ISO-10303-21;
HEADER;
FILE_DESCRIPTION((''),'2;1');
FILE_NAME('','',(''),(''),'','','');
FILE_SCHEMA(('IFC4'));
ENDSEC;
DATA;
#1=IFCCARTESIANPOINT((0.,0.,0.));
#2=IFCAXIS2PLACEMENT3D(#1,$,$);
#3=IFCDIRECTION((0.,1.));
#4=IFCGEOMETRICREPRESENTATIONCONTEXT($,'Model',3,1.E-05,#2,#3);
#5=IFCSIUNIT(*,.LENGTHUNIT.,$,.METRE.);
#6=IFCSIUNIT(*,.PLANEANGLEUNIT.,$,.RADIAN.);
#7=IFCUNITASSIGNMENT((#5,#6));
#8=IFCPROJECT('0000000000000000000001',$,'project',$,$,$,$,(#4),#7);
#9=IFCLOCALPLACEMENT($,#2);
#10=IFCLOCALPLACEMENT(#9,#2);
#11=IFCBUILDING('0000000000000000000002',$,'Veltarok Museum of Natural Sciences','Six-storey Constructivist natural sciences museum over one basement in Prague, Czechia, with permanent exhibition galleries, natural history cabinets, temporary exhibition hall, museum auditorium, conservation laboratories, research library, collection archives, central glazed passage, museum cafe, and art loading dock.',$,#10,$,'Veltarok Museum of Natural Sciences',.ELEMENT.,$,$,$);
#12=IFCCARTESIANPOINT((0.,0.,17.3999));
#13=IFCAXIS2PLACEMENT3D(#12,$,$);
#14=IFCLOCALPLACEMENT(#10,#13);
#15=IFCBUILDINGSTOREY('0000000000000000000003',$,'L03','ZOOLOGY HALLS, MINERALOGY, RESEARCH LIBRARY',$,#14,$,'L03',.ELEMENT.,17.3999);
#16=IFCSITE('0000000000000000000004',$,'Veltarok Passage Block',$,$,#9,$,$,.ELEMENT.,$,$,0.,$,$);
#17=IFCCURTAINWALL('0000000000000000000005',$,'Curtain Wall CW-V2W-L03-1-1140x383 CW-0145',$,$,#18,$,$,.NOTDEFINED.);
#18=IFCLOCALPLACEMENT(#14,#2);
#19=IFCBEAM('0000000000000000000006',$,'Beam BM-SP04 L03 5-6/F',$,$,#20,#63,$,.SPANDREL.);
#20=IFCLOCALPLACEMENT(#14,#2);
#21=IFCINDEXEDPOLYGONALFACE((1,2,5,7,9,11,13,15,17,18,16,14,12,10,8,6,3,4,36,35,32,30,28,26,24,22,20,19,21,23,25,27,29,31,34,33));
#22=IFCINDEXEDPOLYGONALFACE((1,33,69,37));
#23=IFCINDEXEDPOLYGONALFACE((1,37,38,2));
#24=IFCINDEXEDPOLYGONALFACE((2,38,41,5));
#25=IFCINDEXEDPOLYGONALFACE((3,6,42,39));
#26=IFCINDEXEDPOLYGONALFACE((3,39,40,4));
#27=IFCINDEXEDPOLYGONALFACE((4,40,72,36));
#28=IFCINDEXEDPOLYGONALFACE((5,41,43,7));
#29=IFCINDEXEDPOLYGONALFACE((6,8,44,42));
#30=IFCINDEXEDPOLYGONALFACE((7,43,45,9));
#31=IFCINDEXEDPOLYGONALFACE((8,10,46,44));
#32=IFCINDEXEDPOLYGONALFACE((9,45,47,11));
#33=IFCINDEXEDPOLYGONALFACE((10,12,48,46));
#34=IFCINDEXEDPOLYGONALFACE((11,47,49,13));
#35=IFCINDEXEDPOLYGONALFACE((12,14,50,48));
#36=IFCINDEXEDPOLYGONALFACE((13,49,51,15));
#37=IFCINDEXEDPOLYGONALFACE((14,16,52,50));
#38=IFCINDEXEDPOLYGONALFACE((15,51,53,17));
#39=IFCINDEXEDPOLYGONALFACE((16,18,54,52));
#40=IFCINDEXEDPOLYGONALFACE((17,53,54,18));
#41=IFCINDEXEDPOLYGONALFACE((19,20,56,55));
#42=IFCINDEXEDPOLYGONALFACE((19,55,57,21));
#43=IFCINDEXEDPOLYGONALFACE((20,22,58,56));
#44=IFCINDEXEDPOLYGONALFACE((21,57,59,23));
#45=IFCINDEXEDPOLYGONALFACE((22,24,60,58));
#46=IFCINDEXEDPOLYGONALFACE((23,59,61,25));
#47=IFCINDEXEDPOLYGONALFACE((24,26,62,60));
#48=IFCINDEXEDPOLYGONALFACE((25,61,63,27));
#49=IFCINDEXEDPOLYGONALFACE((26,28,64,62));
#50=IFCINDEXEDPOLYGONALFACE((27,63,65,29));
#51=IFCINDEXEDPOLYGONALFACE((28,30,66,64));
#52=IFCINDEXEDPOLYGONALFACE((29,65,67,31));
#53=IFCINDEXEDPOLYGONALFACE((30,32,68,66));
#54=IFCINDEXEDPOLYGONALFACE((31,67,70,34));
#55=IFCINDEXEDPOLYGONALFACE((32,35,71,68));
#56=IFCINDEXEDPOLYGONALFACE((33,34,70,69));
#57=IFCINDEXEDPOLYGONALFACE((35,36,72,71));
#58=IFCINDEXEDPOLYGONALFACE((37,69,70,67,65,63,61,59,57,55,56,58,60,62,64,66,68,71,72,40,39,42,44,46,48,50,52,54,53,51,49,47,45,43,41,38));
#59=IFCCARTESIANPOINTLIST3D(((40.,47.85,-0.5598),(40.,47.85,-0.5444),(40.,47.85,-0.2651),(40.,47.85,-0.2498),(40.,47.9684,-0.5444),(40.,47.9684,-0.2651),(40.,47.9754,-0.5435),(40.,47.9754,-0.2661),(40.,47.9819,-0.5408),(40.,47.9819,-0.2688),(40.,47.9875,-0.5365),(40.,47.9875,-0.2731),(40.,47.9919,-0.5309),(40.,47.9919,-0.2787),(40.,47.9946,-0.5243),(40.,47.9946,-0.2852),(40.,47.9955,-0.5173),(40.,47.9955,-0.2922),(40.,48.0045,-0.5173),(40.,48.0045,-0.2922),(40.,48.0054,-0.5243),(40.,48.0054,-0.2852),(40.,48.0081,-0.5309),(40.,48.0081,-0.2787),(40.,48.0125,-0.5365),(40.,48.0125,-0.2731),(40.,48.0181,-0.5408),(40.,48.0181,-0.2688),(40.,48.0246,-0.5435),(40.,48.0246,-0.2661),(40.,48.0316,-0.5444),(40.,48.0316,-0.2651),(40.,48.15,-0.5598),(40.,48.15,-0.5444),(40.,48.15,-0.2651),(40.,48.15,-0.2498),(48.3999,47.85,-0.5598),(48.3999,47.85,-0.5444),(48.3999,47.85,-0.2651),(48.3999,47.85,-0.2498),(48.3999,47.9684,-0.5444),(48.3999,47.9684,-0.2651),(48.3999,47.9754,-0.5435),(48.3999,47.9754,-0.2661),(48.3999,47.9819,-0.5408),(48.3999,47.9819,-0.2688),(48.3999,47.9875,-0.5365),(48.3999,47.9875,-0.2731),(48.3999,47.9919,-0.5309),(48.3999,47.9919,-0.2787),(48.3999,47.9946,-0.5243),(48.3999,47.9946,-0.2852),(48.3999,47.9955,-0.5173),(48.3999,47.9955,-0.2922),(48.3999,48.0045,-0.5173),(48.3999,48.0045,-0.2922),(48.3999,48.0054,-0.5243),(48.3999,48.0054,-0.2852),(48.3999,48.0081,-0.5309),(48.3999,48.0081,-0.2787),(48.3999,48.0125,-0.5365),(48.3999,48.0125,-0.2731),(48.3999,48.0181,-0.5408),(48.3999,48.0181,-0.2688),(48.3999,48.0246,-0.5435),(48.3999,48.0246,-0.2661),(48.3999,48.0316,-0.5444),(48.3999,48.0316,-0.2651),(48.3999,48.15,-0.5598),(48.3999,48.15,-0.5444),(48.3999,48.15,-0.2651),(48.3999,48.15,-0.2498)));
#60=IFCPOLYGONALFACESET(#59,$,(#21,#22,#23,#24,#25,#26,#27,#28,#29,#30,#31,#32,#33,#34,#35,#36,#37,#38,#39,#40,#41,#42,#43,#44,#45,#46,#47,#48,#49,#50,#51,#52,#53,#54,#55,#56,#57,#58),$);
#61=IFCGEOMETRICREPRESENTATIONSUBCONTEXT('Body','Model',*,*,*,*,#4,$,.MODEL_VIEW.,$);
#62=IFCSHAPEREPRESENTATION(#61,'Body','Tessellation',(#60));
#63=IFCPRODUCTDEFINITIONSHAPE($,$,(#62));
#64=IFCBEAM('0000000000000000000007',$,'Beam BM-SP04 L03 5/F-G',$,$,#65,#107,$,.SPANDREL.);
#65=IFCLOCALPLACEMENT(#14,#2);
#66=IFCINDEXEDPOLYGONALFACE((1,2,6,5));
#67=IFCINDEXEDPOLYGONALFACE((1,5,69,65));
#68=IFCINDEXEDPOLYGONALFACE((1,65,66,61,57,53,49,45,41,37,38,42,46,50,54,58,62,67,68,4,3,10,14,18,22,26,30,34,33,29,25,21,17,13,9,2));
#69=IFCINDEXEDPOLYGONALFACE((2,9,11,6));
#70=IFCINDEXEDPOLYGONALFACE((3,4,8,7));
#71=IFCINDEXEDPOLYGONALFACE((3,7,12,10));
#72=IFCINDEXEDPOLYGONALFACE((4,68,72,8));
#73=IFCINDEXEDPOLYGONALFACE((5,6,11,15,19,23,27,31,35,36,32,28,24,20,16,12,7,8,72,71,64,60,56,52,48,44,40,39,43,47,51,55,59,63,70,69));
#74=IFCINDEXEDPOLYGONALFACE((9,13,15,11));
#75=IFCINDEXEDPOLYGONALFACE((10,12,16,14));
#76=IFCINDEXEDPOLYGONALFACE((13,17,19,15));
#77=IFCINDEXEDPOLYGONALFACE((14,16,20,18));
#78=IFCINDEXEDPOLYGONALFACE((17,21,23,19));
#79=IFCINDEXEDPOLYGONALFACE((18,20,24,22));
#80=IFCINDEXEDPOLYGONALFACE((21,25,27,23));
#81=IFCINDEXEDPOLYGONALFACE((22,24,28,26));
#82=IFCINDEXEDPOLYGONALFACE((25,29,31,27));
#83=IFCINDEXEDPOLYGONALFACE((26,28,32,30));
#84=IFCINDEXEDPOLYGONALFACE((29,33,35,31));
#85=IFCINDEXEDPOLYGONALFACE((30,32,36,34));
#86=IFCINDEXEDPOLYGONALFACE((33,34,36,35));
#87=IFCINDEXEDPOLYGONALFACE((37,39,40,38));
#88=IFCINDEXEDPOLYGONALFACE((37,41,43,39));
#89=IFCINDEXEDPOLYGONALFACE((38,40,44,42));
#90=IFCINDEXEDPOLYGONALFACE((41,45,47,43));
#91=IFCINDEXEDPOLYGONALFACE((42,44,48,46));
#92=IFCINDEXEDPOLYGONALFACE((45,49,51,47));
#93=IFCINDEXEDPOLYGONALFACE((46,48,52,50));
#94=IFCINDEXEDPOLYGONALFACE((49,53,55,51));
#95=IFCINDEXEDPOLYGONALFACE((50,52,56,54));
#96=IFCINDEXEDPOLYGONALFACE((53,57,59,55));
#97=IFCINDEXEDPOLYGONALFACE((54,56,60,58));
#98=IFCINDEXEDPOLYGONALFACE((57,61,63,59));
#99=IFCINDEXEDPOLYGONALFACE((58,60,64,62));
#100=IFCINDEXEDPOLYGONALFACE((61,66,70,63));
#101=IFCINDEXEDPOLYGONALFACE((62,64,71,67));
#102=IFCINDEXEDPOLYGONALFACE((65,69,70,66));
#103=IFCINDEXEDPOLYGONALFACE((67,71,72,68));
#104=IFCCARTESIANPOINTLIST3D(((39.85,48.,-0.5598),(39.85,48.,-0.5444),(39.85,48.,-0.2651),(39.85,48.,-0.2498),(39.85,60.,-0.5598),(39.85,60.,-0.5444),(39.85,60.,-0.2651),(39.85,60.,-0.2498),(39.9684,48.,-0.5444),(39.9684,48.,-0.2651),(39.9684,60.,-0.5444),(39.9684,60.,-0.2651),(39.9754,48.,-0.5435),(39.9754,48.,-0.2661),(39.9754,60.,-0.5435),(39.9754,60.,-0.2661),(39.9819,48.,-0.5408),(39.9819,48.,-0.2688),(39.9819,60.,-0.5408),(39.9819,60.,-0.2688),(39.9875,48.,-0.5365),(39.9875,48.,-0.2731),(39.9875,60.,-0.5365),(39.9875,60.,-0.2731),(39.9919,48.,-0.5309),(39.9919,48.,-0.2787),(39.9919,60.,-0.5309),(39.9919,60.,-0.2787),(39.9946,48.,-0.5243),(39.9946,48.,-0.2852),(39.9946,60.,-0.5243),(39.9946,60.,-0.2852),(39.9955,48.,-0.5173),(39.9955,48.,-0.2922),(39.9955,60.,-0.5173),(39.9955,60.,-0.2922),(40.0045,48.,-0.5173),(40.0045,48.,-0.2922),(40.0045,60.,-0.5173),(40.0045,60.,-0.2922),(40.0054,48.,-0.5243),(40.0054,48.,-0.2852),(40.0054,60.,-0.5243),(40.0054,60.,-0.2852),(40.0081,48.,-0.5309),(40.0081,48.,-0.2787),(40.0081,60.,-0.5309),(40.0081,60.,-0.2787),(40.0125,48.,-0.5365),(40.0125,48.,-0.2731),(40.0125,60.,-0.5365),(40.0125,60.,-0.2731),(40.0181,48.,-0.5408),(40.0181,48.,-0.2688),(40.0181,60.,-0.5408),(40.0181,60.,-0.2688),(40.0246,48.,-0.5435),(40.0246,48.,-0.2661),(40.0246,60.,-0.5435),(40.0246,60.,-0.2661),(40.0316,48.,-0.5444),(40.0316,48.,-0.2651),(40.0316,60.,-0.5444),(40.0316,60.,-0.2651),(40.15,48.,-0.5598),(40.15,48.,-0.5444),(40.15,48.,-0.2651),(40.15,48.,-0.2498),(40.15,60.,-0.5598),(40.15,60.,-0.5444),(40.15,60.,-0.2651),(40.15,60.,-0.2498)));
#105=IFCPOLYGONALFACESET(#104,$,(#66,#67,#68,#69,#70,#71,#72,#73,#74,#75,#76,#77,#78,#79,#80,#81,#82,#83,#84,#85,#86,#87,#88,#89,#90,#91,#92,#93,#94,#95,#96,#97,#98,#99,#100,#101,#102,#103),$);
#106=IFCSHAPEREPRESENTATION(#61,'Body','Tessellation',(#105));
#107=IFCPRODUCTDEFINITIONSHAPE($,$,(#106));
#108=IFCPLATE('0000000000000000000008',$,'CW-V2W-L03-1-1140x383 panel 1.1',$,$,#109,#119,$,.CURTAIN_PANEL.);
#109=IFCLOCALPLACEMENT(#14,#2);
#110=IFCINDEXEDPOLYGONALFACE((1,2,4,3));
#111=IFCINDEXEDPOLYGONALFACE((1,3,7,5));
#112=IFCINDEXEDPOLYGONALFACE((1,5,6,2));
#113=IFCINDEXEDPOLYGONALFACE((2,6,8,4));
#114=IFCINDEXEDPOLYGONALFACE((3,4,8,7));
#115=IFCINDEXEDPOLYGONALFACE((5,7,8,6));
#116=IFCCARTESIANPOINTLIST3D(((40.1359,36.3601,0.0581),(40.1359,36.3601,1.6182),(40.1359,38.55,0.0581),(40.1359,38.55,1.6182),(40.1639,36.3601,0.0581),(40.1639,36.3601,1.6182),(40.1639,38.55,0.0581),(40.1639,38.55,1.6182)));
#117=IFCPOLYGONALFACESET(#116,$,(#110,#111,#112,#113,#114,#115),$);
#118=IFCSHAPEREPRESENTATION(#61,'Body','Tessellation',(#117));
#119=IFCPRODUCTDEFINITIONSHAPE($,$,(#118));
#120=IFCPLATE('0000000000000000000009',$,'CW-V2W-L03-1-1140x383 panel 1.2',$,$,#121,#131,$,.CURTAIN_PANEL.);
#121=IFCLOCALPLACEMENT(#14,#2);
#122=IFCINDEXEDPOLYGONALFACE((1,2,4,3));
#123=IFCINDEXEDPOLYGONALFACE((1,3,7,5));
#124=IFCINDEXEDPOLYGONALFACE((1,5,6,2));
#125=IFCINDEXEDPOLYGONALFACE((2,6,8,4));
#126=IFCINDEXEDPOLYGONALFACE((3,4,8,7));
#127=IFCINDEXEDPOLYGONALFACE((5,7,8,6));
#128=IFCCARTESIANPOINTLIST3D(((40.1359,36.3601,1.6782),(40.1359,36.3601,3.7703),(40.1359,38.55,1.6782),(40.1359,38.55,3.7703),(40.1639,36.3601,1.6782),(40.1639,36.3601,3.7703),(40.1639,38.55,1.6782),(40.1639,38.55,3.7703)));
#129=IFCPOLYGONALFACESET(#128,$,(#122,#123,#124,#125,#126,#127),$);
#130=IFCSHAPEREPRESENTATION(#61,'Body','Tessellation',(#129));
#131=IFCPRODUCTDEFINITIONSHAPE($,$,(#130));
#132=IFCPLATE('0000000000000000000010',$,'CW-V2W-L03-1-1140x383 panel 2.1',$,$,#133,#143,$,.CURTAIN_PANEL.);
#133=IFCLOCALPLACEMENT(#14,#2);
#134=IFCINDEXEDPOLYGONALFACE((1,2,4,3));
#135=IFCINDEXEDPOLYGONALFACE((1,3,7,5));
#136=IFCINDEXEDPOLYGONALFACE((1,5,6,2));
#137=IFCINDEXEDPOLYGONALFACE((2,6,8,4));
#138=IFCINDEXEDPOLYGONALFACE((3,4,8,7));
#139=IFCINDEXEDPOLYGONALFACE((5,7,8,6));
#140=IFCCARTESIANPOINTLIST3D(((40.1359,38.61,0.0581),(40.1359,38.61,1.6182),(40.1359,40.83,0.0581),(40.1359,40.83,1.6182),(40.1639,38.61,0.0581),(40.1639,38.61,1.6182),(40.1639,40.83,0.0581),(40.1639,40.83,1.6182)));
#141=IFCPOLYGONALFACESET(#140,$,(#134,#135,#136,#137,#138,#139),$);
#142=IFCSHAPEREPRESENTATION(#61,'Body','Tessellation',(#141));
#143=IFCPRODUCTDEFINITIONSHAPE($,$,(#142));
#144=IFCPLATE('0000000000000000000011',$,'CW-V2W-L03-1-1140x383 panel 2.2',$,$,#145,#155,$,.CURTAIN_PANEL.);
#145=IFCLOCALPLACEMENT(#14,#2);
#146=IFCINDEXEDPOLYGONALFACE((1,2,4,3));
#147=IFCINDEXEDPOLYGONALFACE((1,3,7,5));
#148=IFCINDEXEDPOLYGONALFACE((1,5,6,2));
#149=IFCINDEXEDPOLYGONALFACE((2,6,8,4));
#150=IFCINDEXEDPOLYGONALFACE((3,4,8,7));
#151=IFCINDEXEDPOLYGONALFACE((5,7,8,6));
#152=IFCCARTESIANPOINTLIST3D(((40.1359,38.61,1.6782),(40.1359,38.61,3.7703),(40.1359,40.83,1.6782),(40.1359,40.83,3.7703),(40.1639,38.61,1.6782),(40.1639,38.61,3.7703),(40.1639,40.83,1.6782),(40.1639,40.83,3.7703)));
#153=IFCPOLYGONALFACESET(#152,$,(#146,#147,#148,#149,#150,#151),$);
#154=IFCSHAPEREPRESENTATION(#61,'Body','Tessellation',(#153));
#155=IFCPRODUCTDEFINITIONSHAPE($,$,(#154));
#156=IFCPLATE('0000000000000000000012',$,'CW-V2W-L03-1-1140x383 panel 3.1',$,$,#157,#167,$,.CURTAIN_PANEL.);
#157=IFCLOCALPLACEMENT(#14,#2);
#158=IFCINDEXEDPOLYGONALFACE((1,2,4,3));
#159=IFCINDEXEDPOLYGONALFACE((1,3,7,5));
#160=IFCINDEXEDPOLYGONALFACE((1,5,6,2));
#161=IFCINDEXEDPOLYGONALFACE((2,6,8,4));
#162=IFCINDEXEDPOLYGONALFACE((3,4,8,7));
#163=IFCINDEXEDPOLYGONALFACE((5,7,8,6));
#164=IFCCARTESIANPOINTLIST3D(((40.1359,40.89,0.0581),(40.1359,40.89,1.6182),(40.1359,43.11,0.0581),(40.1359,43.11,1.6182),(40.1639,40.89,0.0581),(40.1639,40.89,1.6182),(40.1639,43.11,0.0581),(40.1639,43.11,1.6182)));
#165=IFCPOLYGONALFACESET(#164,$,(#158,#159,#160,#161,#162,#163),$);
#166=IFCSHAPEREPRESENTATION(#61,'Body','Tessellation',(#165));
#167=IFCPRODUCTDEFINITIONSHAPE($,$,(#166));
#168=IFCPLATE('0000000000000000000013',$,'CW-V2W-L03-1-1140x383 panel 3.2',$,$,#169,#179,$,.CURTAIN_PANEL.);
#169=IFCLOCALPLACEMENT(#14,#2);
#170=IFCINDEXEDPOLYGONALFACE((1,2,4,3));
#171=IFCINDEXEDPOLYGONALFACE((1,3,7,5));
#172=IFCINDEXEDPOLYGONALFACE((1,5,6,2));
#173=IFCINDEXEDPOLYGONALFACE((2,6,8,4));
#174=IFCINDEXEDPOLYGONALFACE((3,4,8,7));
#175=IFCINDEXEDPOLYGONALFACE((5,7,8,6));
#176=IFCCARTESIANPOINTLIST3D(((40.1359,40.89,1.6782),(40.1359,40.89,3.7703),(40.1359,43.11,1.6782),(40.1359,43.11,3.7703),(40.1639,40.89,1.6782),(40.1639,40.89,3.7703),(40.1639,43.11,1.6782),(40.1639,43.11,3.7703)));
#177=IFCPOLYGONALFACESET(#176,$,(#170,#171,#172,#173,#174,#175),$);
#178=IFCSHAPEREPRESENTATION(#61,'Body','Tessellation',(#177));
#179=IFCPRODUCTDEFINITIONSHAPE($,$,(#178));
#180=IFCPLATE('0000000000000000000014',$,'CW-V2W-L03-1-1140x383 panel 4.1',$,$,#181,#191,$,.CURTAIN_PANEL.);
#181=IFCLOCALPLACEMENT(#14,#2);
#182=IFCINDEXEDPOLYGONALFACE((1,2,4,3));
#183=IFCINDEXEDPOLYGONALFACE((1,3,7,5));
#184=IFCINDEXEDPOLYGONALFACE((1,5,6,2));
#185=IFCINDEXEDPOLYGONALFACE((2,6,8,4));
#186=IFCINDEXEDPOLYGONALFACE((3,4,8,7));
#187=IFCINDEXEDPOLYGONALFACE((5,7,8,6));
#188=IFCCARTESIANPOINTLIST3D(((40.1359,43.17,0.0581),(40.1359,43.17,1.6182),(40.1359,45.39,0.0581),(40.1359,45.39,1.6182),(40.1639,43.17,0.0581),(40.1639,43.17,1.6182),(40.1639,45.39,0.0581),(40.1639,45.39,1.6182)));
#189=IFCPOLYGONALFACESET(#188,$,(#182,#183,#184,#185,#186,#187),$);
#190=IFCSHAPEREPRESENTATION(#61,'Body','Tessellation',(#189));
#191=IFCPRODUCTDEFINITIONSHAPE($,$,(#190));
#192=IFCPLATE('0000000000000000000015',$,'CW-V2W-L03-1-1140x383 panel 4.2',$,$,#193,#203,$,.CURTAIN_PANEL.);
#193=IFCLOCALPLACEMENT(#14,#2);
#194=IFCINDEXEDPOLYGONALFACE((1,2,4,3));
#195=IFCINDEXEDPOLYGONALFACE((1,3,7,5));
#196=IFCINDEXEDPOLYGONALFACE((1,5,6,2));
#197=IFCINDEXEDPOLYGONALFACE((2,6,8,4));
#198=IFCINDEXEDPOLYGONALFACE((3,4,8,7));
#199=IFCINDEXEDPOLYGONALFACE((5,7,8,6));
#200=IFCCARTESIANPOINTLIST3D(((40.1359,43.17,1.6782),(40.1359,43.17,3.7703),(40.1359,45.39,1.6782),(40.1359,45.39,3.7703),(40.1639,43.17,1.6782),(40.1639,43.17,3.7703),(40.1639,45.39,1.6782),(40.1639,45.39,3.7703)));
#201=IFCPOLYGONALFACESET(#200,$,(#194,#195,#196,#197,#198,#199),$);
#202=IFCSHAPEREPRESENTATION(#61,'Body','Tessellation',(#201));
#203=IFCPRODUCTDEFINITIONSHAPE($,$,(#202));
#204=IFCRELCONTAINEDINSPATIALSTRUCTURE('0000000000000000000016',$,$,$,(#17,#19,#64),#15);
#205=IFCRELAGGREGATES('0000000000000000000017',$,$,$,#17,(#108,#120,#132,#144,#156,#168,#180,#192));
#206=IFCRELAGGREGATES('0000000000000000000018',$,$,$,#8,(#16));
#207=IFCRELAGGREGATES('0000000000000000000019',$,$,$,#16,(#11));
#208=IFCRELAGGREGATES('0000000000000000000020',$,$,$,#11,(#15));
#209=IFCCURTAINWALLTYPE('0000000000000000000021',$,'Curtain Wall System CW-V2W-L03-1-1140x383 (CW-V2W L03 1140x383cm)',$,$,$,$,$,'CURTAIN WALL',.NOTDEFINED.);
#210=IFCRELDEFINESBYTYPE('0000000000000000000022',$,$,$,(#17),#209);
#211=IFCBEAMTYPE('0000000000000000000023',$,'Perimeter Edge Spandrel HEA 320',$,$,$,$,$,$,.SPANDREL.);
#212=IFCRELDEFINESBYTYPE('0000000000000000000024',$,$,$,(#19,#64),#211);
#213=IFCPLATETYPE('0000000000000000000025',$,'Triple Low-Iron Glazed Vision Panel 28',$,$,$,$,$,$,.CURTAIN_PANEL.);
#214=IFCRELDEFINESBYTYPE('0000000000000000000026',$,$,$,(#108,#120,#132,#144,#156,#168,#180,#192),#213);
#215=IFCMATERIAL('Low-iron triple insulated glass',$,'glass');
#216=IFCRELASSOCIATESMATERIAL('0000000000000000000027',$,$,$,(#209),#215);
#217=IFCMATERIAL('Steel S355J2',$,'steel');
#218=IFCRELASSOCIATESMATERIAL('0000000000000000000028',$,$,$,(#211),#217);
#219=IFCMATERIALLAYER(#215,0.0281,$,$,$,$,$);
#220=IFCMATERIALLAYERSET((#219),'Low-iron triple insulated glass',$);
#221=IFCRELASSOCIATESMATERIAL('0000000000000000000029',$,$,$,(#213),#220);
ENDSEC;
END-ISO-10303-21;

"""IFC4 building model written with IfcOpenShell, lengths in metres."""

from ifc_helpers import new_model, si_unit, direction, frame, origin, origin_2d, place, context, subcontext, project, spatial, rectangle, i_section, extrude, material, layer, layer_set, material_profile, profile_set, type_object, element, aggregate, save


model = new_model("IFC4")

# Units and contexts
model_context = context("Model", 3, precision=1e-05, world=origin(), true_north=direction((0.0, 1.0)))
body_context = subcontext(model_context, "Body", "Model", "MODEL_VIEW")
ifc_project = project(units=[si_unit("LENGTHUNIT", "METRE"), si_unit("PLANEANGLEUNIT", "RADIAN")], contexts=[model_context])

# Site, building, storey
site_placement = place(None, origin())
site = spatial("IfcSite", under=ifc_project, at=site_placement, Name="Veltarok Passage Block", CompositionType="ELEMENT", RefElevation=0.0)
building_placement = place(site_placement, origin())
building = spatial("IfcBuilding", under=site, at=building_placement, Name="Veltarok Museum of Natural Sciences", Description="Six-storey Constructivist natural sciences museum over one basement in Prague, Czechia, with permanent exhibition galleries, natural history cabinets, temporary exhibition hall, museum auditorium, conservation laboratories, research library, collection archives, central glazed passage, museum cafe, and art loading dock.", LongName="Veltarok Museum of Natural Sciences", CompositionType="ELEMENT")
storey_placement = place(building_placement, frame((0.0, 0.0, 17.3999)))
storey = spatial("IfcBuildingStorey", under=building, at=storey_placement, Name="L03", Description="ZOOLOGY HALLS, MINERALOGY, RESEARCH LIBRARY", LongName="L03", CompositionType="ELEMENT", Elevation=17.3999)

# Shared definitions
ifc_material_1 = material(Name="Steel S355J2", Category="steel")

# Curtain wall
ifc_material_2 = material(Name="Low-iron triple insulated glass", Category="glass")
curtain_wall_type_1 = type_object("IfcCurtainWallType", Name="Curtain Wall System CW-V2W-L03-1-1140x383 (CW-V2W L03 1140x383cm)", ElementType="CURTAIN WALL", PredefinedType="NOTDEFINED", material=ifc_material_2)
curtain_wall_1_placement = place(storey_placement, origin())
curtain_wall_1 = element("IfcCurtainWall", 1, at=curtain_wall_1_placement, inside=storey, type_object=curtain_wall_type_1, Name="Curtain Wall CW-V2W-L03-1-1140x383 CW-0145", PredefinedType="NOTDEFINED")

# Beams
ifc_material_profile_1 = material_profile(ifc_material_1, i_section(OverallWidth=0.3, OverallDepth=0.3101, WebThickness=0.009, FlangeThickness=0.0154, FilletRadius=0.0271, at=origin_2d()), Name="HEA 320")
ifc_profile_set_1 = profile_set([ifc_material_profile_1], Name="Steel S355J2")
beam_type = type_object("IfcBeamType", Name="Perimeter Edge Spandrel HEA 320", PredefinedType="SPANDREL", material=ifc_profile_set_1)
beam_1_placement = place(storey_placement, frame((40.0, 48.0, -0.4048), z_axis=(1.0, 0.0, 0.0), x_axis=(0.0, 1.0, 0.0)))
element("IfcBeam", 2, at=beam_1_placement, inside=storey, type_object=beam_type, Name="Beam BM-SP04 L03 5-6/F", PredefinedType="SPANDREL", context=body_context, shape_type="SweptSolid", body=[
    extrude(i_section(OverallWidth=0.3, OverallDepth=0.3101, WebThickness=0.009, FlangeThickness=0.0154, FilletRadius=0.0271, at=origin_2d()), origin(), (0.0, 0.0, 1.0), 8.3999),
])
beam_2_placement = place(storey_placement, frame((40.0, 48.0, -0.4048), z_axis=(0.0, 1.0, 0.0), x_axis=(-1.0, 0.0, 0.0)))
element("IfcBeam", 3, at=beam_2_placement, inside=storey, type_object=beam_type, Name="Beam BM-SP04 L03 5/F-G", PredefinedType="SPANDREL", context=body_context, shape_type="SweptSolid", body=[
    extrude(i_section(OverallWidth=0.3, OverallDepth=0.3101, WebThickness=0.009, FlangeThickness=0.0154, FilletRadius=0.0271, at=origin_2d()), origin(), (0.0, 0.0, 1.0), 12.0),
])

# Plates
ifc_layer = layer(ifc_material_2, 0.0281)
ifc_layer_set = layer_set([ifc_layer], Name="Low-iron triple insulated glass")
plate_type = type_object("IfcPlateType", Name="Triple Low-Iron Glazed Vision Panel 28", PredefinedType="CURTAIN_PANEL", material=ifc_layer_set)
plate_1_placement = place(storey_placement, frame((40.1499, 37.4551, 0.0581), z_axis=(0.0, 0.0, 1.0), x_axis=(0.0, 1.0, 0.0)))
plate_1 = element("IfcPlate", 4, at=plate_1_placement, type_object=plate_type, Name="CW-V2W-L03-1-1140x383 panel 1.1", PredefinedType="CURTAIN_PANEL", context=body_context, shape_type="SweptSolid", body=[
    extrude(rectangle(XDim=2.1899, YDim=0.0281, at=origin_2d()), origin(), (0.0, 0.0, 1.0), 1.5601),
])
plate_2_placement = place(storey_placement, frame((40.1499, 37.4551, 1.6782), z_axis=(0.0, 0.0, 1.0), x_axis=(0.0, 1.0, 0.0)))
plate_2 = element("IfcPlate", 5, at=plate_2_placement, type_object=plate_type, Name="CW-V2W-L03-1-1140x383 panel 1.2", PredefinedType="CURTAIN_PANEL", context=body_context, shape_type="SweptSolid", body=[
    extrude(rectangle(XDim=2.1899, YDim=0.0281, at=origin_2d()), origin(), (0.0, 0.0, 1.0), 2.092),
])
plate_3_placement = place(storey_placement, frame((40.1499, 39.72, 0.0581), z_axis=(0.0, 0.0, 1.0), x_axis=(0.0, 1.0, 0.0)))
plate_3 = element("IfcPlate", 6, at=plate_3_placement, type_object=plate_type, Name="CW-V2W-L03-1-1140x383 panel 2.1", PredefinedType="CURTAIN_PANEL", context=body_context, shape_type="SweptSolid", body=[
    extrude(rectangle(XDim=2.22, YDim=0.0281, at=origin_2d()), origin(), (0.0, 0.0, 1.0), 1.5601),
])
plate_4_placement = place(storey_placement, frame((40.1499, 39.72, 1.6782), z_axis=(0.0, 0.0, 1.0), x_axis=(0.0, 1.0, 0.0)))
plate_4 = element("IfcPlate", 7, at=plate_4_placement, type_object=plate_type, Name="CW-V2W-L03-1-1140x383 panel 2.2", PredefinedType="CURTAIN_PANEL", context=body_context, shape_type="SweptSolid", body=[
    extrude(rectangle(XDim=2.22, YDim=0.0281, at=origin_2d()), origin(), (0.0, 0.0, 1.0), 2.092),
])
plate_5_placement = place(storey_placement, frame((40.1499, 42.0, 0.0581), z_axis=(0.0, 0.0, 1.0), x_axis=(0.0, 1.0, 0.0)))
plate_5 = element("IfcPlate", 8, at=plate_5_placement, type_object=plate_type, Name="CW-V2W-L03-1-1140x383 panel 3.1", PredefinedType="CURTAIN_PANEL", context=body_context, shape_type="SweptSolid", body=[
    extrude(rectangle(XDim=2.22, YDim=0.0281, at=origin_2d()), origin(), (0.0, 0.0, 1.0), 1.5601),
])
plate_6_placement = place(storey_placement, frame((40.1499, 42.0, 1.6782), z_axis=(0.0, 0.0, 1.0), x_axis=(0.0, 1.0, 0.0)))
plate_6 = element("IfcPlate", 9, at=plate_6_placement, type_object=plate_type, Name="CW-V2W-L03-1-1140x383 panel 3.2", PredefinedType="CURTAIN_PANEL", context=body_context, shape_type="SweptSolid", body=[
    extrude(rectangle(XDim=2.22, YDim=0.0281, at=origin_2d()), origin(), (0.0, 0.0, 1.0), 2.092),
])
plate_7_placement = place(storey_placement, frame((40.1499, 44.28, 0.0581), z_axis=(0.0, 0.0, 1.0), x_axis=(0.0, 1.0, 0.0)))
plate_7 = element("IfcPlate", 10, at=plate_7_placement, type_object=plate_type, Name="CW-V2W-L03-1-1140x383 panel 4.1", PredefinedType="CURTAIN_PANEL", context=body_context, shape_type="SweptSolid", body=[
    extrude(rectangle(XDim=2.22, YDim=0.0281, at=origin_2d()), origin(), (0.0, 0.0, 1.0), 1.5601),
])
plate_8_placement = place(storey_placement, frame((40.1499, 44.28, 1.6782), z_axis=(0.0, 0.0, 1.0), x_axis=(0.0, 1.0, 0.0)))
plate_8 = element("IfcPlate", 11, at=plate_8_placement, type_object=plate_type, Name="CW-V2W-L03-1-1140x383 panel 4.2", PredefinedType="CURTAIN_PANEL", context=body_context, shape_type="SweptSolid", body=[
    extrude(rectangle(XDim=2.22, YDim=0.0281, at=origin_2d()), origin(), (0.0, 0.0, 1.0), 2.092),
])
aggregate(curtain_wall_1, [plate_1, plate_2, plate_3, plate_4, plate_5, plate_6, plate_7, plate_8])

save(model, "model.ifc")
